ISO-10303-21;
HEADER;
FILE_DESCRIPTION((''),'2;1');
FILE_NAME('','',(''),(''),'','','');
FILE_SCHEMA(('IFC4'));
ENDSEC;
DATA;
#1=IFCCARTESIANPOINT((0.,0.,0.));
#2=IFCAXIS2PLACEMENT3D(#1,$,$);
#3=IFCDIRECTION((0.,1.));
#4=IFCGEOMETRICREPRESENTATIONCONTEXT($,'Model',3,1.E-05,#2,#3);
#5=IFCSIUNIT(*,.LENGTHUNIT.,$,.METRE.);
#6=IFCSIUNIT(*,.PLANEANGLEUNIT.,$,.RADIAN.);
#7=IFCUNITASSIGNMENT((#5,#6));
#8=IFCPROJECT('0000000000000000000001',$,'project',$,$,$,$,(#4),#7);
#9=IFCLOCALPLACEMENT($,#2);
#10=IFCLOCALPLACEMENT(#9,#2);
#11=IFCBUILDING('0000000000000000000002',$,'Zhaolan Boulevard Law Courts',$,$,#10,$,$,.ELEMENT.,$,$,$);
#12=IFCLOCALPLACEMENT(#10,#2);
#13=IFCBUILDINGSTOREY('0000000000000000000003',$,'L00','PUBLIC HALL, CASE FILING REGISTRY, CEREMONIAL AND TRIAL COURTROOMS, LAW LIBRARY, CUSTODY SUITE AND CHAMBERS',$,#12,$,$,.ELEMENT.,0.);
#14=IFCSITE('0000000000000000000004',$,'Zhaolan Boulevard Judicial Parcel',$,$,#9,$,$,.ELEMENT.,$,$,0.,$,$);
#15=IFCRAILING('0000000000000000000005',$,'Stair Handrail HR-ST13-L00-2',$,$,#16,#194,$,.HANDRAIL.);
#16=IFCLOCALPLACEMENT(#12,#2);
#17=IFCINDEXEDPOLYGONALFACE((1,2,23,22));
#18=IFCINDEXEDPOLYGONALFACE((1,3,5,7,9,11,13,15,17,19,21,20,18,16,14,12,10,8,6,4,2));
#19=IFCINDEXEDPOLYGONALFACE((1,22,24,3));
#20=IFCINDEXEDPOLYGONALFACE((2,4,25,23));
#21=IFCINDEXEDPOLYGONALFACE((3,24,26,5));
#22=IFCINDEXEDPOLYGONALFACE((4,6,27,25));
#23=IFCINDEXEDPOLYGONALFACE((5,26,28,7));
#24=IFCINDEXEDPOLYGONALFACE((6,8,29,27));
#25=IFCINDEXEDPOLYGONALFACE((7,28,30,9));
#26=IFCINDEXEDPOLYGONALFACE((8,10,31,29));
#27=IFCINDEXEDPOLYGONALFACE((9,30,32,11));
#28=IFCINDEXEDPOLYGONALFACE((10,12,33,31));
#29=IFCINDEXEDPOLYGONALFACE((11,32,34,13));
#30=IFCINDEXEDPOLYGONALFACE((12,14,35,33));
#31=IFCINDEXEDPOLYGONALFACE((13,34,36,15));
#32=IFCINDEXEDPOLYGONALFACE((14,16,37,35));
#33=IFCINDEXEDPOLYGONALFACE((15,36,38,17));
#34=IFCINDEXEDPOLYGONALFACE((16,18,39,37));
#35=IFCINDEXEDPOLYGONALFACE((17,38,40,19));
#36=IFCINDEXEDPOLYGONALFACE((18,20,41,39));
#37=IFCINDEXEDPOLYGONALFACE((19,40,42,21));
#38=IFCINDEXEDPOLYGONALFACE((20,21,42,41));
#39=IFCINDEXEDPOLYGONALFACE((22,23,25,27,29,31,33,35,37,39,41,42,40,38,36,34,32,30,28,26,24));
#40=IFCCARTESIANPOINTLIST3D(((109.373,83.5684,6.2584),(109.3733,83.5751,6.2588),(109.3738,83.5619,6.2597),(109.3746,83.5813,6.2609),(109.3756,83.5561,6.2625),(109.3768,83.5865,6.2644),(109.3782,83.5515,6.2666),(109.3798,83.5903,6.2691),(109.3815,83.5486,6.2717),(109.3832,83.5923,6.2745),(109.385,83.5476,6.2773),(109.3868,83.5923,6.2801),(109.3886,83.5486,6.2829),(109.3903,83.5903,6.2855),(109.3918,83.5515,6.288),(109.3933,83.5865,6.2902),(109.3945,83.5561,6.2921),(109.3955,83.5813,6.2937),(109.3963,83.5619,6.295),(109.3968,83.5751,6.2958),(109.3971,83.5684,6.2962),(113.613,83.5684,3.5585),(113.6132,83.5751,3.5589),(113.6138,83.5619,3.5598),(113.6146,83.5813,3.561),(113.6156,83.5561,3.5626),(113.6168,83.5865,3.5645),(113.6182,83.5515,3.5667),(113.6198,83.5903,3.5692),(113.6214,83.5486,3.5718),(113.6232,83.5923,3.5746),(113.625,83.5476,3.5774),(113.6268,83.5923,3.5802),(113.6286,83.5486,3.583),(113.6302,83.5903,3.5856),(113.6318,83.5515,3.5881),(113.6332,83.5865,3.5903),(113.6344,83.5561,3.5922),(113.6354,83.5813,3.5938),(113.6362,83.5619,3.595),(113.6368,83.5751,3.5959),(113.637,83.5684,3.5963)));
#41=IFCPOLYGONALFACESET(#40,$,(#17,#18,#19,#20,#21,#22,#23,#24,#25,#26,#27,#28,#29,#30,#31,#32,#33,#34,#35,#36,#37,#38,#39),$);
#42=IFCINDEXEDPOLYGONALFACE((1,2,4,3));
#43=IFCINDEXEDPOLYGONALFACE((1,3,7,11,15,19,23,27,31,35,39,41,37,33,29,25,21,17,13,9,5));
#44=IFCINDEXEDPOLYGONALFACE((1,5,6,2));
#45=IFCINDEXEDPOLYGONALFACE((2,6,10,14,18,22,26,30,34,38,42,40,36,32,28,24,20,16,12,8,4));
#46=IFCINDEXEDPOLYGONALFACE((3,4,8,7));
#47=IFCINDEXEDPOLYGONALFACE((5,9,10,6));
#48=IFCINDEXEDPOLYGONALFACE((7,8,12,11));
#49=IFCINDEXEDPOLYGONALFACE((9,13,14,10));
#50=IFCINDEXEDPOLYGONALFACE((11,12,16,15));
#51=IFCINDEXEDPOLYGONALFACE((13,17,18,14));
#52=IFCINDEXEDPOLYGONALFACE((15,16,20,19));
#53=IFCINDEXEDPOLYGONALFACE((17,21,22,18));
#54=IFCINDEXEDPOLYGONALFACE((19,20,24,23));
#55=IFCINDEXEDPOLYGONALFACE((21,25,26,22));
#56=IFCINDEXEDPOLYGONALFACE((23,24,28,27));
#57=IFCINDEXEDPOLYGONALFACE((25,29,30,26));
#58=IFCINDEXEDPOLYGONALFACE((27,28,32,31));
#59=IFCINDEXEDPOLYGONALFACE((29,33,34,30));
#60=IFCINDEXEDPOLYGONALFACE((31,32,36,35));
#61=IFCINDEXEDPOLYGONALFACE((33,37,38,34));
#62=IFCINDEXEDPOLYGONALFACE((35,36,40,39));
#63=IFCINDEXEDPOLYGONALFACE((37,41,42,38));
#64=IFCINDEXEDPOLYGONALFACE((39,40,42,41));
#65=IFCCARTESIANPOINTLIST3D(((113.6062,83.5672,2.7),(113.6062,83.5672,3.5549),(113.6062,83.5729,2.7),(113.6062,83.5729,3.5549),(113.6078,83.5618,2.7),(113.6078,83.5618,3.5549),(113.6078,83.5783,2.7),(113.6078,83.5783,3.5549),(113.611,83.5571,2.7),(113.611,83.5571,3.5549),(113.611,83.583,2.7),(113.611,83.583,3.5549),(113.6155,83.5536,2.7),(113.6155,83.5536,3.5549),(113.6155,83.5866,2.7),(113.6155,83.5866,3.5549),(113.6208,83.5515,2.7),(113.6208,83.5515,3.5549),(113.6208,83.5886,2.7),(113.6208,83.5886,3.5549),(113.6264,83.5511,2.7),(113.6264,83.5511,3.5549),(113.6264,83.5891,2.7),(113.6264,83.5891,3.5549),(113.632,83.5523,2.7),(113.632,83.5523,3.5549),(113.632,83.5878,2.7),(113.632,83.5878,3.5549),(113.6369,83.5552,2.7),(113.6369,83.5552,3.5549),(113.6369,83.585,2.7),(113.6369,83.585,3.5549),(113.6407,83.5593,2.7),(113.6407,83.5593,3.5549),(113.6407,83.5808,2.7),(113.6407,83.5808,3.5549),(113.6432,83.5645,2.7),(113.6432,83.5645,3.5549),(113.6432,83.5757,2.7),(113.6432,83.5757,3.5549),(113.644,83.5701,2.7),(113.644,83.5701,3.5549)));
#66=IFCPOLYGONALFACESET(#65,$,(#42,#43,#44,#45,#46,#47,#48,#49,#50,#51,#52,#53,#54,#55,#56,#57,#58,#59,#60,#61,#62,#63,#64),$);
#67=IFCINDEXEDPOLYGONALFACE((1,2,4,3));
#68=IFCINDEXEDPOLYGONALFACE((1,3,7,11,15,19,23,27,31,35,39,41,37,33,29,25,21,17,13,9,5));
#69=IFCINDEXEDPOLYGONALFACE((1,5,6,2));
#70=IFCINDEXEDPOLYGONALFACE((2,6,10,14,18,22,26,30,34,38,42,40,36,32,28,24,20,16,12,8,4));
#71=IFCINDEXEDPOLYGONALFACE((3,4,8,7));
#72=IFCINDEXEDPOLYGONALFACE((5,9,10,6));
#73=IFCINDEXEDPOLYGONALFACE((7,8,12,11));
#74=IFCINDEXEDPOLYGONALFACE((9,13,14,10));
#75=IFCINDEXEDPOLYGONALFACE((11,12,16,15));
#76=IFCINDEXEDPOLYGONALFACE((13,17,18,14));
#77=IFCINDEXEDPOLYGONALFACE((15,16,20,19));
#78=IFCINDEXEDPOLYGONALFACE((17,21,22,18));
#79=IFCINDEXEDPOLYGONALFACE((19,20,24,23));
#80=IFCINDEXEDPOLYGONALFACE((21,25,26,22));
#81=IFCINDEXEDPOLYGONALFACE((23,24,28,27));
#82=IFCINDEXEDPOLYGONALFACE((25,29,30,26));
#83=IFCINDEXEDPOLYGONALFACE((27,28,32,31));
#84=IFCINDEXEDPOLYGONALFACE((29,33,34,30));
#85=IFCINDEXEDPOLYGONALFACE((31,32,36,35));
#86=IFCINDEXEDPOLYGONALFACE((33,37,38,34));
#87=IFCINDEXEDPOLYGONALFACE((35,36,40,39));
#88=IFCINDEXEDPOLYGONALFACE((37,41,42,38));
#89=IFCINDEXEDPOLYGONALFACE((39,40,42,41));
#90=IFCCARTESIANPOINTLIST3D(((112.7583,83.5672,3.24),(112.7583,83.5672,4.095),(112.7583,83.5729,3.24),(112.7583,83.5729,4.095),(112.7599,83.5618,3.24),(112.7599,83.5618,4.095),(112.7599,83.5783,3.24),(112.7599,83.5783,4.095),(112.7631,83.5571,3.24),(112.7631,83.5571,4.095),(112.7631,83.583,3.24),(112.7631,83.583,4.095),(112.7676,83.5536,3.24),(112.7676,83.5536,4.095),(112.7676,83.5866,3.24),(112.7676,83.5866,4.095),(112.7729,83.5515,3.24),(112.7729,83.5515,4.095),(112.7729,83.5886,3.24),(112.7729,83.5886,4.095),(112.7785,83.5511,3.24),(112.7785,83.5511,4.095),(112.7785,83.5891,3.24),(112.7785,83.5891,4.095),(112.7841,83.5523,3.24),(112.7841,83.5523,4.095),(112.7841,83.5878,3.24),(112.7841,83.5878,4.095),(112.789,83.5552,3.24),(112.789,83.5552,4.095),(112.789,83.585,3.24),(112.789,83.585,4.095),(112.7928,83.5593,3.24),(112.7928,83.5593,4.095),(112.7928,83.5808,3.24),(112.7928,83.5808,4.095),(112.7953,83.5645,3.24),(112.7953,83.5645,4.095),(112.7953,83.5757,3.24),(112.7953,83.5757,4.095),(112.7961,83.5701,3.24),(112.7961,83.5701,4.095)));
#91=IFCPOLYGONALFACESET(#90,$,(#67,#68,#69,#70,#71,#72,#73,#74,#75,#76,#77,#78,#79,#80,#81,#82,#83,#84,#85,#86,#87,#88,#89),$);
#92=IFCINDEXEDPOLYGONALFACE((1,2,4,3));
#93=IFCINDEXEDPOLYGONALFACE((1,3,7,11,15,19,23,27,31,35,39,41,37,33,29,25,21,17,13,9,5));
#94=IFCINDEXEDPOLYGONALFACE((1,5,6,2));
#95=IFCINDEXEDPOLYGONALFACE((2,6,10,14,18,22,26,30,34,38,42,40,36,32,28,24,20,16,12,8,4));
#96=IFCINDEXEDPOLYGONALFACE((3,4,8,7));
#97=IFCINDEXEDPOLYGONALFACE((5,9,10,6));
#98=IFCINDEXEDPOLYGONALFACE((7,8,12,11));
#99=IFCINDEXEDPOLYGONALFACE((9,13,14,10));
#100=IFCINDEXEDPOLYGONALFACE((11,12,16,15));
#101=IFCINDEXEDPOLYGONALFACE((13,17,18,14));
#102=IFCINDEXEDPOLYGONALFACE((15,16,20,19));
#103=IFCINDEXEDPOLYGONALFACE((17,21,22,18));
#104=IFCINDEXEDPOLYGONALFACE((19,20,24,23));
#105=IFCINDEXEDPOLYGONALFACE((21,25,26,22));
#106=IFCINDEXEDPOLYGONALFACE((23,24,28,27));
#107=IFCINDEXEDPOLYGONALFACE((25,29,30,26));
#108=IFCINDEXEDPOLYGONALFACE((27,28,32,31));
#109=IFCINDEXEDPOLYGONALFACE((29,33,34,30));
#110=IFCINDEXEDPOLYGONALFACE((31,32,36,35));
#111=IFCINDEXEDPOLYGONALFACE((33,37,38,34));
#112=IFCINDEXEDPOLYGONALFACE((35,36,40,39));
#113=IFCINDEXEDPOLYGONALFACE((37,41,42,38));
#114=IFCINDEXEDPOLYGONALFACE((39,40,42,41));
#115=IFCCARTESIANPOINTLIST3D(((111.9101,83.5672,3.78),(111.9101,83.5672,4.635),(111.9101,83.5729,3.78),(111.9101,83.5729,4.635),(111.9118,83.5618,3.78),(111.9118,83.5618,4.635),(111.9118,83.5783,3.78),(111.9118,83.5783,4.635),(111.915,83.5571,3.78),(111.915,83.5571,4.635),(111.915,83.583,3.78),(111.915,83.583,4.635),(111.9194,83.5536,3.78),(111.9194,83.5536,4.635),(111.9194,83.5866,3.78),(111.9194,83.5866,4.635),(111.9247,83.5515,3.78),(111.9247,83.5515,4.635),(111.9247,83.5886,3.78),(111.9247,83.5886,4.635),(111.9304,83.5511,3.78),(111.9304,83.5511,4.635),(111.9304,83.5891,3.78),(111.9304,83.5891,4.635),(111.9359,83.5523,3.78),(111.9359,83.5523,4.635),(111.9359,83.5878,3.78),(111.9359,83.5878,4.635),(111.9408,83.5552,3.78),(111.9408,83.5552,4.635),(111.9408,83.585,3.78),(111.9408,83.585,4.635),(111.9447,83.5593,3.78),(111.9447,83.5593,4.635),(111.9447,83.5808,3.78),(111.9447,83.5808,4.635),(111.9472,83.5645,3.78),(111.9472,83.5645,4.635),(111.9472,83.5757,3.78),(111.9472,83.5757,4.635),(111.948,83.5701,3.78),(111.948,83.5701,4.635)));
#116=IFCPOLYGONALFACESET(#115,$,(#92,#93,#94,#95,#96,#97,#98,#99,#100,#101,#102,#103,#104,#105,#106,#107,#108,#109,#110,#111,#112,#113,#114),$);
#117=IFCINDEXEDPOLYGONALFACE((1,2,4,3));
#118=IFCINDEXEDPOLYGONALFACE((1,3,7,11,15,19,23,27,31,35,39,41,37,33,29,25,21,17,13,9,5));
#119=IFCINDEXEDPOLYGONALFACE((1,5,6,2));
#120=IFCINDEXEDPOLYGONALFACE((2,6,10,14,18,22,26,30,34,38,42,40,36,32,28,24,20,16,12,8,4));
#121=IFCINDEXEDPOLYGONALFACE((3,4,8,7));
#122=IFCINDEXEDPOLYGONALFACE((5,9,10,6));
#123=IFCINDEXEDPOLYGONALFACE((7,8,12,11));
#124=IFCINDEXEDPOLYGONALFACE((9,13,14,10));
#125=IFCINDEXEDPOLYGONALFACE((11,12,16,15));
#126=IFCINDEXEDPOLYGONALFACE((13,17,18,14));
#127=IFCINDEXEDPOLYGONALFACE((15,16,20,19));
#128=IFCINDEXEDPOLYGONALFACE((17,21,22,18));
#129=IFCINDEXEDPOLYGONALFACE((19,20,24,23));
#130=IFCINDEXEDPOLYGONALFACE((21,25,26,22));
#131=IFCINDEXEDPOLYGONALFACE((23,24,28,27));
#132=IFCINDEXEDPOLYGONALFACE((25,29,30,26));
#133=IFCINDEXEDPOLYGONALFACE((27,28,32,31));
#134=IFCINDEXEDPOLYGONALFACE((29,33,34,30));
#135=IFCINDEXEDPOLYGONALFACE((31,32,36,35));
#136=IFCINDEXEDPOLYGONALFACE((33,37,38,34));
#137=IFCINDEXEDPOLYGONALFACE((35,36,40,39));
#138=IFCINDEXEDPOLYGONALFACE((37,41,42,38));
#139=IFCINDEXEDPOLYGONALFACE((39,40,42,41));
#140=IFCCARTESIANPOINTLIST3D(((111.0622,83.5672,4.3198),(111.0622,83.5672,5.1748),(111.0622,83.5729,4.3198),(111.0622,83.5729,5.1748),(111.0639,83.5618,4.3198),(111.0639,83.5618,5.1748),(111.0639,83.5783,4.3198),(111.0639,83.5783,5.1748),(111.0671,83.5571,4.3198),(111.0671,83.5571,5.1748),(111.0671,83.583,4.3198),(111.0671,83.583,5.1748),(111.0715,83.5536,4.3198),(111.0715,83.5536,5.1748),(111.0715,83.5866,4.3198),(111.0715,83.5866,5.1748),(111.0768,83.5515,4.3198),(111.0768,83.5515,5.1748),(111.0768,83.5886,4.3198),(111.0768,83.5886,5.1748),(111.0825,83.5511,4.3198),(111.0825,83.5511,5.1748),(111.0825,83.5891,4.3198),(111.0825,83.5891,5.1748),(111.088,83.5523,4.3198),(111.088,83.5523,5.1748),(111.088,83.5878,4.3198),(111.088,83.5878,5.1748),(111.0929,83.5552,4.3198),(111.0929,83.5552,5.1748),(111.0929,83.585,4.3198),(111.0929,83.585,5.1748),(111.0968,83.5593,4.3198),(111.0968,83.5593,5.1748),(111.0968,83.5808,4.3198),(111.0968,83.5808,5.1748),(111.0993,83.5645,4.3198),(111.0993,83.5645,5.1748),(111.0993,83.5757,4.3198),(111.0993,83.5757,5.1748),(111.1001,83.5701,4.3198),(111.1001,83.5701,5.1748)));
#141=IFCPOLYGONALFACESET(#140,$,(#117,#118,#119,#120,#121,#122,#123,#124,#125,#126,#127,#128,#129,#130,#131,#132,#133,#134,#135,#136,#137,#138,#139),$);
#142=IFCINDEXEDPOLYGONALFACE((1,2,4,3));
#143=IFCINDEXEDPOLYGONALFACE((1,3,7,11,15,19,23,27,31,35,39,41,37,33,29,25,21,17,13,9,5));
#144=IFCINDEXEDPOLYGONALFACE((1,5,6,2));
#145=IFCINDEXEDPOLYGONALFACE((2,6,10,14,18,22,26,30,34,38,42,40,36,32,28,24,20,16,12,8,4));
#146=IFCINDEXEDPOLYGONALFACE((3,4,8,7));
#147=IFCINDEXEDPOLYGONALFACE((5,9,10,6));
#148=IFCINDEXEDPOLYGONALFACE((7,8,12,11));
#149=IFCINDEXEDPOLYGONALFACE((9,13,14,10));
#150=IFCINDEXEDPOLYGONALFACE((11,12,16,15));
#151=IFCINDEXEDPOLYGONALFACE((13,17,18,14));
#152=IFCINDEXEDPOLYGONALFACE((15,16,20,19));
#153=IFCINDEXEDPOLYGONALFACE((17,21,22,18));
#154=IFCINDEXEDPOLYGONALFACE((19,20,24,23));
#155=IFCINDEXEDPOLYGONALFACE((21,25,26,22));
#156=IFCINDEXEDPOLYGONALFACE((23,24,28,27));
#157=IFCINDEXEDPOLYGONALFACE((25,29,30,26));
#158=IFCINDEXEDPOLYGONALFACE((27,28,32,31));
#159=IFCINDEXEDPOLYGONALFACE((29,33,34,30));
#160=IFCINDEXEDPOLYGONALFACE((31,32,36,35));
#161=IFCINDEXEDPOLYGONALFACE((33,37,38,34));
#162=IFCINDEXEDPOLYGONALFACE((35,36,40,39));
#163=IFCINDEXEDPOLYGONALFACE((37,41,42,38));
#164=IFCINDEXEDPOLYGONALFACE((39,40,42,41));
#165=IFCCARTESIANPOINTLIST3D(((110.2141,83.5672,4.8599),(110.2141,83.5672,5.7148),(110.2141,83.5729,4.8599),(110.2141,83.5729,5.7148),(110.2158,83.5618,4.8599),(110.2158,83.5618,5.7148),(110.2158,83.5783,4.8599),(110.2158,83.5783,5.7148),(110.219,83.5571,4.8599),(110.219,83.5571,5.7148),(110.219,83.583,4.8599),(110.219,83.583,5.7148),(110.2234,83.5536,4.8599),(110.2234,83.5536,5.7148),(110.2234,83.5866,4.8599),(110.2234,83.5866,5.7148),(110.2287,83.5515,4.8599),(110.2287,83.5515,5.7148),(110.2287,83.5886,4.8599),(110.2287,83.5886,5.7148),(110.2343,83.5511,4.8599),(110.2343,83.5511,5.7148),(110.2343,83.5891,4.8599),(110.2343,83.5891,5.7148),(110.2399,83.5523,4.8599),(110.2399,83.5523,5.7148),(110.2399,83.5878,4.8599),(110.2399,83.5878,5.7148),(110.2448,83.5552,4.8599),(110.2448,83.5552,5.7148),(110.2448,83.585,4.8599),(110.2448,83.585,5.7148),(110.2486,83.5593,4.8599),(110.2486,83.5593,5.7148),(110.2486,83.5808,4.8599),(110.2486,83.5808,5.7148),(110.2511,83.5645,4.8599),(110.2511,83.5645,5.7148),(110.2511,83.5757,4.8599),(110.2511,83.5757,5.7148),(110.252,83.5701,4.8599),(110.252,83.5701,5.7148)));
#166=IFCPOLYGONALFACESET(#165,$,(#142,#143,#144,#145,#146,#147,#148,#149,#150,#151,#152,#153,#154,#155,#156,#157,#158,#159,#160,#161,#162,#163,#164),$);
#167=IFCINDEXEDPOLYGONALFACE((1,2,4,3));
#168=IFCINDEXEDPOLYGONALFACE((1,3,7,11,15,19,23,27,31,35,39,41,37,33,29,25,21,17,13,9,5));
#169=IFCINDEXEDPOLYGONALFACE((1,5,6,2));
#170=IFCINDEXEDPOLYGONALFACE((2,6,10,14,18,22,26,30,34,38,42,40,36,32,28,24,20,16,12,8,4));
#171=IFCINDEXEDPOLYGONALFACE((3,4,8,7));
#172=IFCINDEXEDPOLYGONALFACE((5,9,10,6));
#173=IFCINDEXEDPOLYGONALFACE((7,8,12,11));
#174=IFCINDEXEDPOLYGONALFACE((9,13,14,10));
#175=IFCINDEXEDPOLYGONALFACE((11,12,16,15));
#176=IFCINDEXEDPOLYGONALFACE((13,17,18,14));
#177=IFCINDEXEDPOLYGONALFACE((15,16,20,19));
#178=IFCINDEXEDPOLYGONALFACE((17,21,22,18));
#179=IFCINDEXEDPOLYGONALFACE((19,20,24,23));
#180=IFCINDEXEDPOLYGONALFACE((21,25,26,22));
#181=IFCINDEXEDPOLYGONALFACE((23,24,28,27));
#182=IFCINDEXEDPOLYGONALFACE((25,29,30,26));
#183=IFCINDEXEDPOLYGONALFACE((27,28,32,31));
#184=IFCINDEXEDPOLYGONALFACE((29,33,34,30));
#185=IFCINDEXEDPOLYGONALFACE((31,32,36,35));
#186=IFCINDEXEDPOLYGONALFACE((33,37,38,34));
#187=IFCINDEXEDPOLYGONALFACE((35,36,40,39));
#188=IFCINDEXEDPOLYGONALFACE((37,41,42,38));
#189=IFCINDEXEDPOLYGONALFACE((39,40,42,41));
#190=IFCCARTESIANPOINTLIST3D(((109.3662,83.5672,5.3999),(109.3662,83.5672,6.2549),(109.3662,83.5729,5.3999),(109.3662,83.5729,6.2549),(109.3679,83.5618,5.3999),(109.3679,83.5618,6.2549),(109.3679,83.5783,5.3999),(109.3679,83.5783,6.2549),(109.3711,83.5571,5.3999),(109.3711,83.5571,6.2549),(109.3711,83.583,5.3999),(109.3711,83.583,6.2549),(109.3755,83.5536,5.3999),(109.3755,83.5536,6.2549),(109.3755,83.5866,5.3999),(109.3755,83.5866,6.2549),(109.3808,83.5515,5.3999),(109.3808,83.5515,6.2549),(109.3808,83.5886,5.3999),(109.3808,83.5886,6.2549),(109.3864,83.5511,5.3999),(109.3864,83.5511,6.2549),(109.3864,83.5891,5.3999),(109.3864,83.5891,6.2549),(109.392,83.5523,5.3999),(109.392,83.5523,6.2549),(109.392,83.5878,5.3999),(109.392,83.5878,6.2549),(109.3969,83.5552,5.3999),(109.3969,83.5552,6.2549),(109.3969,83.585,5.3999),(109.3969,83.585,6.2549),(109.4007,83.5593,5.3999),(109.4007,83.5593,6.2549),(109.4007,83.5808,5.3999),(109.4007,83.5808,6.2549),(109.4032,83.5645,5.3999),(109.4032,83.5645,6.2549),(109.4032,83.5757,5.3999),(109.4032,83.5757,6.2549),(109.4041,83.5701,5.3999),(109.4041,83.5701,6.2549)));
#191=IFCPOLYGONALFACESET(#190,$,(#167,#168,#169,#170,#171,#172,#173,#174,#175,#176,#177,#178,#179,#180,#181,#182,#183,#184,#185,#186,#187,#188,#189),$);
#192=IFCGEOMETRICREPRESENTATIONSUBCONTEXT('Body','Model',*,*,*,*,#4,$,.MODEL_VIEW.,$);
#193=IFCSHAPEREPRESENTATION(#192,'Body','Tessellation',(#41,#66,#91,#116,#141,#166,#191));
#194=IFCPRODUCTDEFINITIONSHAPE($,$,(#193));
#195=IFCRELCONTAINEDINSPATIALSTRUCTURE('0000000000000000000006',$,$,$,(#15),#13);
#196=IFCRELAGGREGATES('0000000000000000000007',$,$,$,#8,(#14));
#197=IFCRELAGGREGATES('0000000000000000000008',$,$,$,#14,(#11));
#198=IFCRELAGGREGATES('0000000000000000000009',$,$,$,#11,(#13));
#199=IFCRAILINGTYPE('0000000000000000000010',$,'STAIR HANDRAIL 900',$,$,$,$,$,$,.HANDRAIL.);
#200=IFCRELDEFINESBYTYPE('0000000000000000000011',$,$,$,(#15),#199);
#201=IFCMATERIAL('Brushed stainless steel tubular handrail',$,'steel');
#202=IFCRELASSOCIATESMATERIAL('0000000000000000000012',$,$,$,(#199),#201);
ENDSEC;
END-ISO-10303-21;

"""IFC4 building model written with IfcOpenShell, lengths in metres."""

from ifc_helpers import new_model, si_unit, direction, frame, origin, origin_2d, place, context, subcontext, project, spatial, circle, extrude, material, type_object, element, save


model = new_model("IFC4")

# Units and contexts
model_context = context("Model", 3, precision=1e-05, world=origin(), true_north=direction((0.0, 1.0)))
body_context = subcontext(model_context, "Body", "Model", "MODEL_VIEW")
ifc_project = project(units=[si_unit("LENGTHUNIT", "METRE"), si_unit("PLANEANGLEUNIT", "RADIAN")], contexts=[model_context])

# Site, building, storey
site_placement = place(None, origin())
site = spatial("IfcSite", under=ifc_project, at=site_placement, Name="Zhaolan Boulevard Judicial Parcel", CompositionType="ELEMENT", RefElevation=0.0)
building_placement = place(site_placement, origin())
building = spatial("IfcBuilding", under=site, at=building_placement, Name="Zhaolan Boulevard Law Courts", CompositionType="ELEMENT")
storey_placement = place(building_placement, origin())
storey = spatial("IfcBuildingStorey", under=building, at=storey_placement, Name="L00", Description="PUBLIC HALL, CASE FILING REGISTRY, CEREMONIAL AND TRIAL COURTROOMS, LAW LIBRARY, CUSTODY SUITE AND CHAMBERS", CompositionType="ELEMENT", Elevation=0.0)

# Railing
ifc_material_1 = material(Name="Brushed stainless steel tubular handrail", Category="steel")
railing_type_1 = type_object("IfcRailingType", Name="STAIR HANDRAIL 900", PredefinedType="HANDRAIL", material=ifc_material_1)
railing_1_placement = place(storey_placement, frame((113.625, 83.5701, 2.7)))
element("IfcRailing", 1, at=railing_1_placement, inside=storey, type_object=railing_type_1, Name="Stair Handrail HR-ST13-L00-2", PredefinedType="HANDRAIL", context=body_context, shape_type="SweptSolid", body=[
    extrude(circle(Radius=0.0225, at=origin_2d()), frame((0.0, 0.0, 0.8774), z_axis=(-0.843501, 0.0, 0.537127), x_axis=(0.0, -1.0, 0.0)), (0.0, 0.0, 1.0), 5.0266),
    extrude(circle(Radius=0.019, at=origin_2d()), origin(), (0.0, 0.0, 1.0), 0.855),
    extrude(circle(Radius=0.019, at=origin_2d()), frame((-0.8479, 0.0, 0.54)), (0.0, 0.0, 1.0), 0.855),
    extrude(circle(Radius=0.019, at=origin_2d()), frame((-1.696, 0.0, 1.0801)), (0.0, 0.0, 1.0), 0.855),
    extrude(circle(Radius=0.019, at=origin_2d()), frame((-2.5439, 0.0, 1.6199)), (0.0, 0.0, 1.0), 0.855),
    extrude(circle(Radius=0.019, at=origin_2d()), frame((-3.3921, 0.0, 2.1599)), (0.0, 0.0, 1.0), 0.855),
    extrude(circle(Radius=0.019, at=origin_2d()), frame((-4.24, 0.0, 2.7)), (0.0, 0.0, 1.0), 0.855),
])

save(model, "model.ifc")
